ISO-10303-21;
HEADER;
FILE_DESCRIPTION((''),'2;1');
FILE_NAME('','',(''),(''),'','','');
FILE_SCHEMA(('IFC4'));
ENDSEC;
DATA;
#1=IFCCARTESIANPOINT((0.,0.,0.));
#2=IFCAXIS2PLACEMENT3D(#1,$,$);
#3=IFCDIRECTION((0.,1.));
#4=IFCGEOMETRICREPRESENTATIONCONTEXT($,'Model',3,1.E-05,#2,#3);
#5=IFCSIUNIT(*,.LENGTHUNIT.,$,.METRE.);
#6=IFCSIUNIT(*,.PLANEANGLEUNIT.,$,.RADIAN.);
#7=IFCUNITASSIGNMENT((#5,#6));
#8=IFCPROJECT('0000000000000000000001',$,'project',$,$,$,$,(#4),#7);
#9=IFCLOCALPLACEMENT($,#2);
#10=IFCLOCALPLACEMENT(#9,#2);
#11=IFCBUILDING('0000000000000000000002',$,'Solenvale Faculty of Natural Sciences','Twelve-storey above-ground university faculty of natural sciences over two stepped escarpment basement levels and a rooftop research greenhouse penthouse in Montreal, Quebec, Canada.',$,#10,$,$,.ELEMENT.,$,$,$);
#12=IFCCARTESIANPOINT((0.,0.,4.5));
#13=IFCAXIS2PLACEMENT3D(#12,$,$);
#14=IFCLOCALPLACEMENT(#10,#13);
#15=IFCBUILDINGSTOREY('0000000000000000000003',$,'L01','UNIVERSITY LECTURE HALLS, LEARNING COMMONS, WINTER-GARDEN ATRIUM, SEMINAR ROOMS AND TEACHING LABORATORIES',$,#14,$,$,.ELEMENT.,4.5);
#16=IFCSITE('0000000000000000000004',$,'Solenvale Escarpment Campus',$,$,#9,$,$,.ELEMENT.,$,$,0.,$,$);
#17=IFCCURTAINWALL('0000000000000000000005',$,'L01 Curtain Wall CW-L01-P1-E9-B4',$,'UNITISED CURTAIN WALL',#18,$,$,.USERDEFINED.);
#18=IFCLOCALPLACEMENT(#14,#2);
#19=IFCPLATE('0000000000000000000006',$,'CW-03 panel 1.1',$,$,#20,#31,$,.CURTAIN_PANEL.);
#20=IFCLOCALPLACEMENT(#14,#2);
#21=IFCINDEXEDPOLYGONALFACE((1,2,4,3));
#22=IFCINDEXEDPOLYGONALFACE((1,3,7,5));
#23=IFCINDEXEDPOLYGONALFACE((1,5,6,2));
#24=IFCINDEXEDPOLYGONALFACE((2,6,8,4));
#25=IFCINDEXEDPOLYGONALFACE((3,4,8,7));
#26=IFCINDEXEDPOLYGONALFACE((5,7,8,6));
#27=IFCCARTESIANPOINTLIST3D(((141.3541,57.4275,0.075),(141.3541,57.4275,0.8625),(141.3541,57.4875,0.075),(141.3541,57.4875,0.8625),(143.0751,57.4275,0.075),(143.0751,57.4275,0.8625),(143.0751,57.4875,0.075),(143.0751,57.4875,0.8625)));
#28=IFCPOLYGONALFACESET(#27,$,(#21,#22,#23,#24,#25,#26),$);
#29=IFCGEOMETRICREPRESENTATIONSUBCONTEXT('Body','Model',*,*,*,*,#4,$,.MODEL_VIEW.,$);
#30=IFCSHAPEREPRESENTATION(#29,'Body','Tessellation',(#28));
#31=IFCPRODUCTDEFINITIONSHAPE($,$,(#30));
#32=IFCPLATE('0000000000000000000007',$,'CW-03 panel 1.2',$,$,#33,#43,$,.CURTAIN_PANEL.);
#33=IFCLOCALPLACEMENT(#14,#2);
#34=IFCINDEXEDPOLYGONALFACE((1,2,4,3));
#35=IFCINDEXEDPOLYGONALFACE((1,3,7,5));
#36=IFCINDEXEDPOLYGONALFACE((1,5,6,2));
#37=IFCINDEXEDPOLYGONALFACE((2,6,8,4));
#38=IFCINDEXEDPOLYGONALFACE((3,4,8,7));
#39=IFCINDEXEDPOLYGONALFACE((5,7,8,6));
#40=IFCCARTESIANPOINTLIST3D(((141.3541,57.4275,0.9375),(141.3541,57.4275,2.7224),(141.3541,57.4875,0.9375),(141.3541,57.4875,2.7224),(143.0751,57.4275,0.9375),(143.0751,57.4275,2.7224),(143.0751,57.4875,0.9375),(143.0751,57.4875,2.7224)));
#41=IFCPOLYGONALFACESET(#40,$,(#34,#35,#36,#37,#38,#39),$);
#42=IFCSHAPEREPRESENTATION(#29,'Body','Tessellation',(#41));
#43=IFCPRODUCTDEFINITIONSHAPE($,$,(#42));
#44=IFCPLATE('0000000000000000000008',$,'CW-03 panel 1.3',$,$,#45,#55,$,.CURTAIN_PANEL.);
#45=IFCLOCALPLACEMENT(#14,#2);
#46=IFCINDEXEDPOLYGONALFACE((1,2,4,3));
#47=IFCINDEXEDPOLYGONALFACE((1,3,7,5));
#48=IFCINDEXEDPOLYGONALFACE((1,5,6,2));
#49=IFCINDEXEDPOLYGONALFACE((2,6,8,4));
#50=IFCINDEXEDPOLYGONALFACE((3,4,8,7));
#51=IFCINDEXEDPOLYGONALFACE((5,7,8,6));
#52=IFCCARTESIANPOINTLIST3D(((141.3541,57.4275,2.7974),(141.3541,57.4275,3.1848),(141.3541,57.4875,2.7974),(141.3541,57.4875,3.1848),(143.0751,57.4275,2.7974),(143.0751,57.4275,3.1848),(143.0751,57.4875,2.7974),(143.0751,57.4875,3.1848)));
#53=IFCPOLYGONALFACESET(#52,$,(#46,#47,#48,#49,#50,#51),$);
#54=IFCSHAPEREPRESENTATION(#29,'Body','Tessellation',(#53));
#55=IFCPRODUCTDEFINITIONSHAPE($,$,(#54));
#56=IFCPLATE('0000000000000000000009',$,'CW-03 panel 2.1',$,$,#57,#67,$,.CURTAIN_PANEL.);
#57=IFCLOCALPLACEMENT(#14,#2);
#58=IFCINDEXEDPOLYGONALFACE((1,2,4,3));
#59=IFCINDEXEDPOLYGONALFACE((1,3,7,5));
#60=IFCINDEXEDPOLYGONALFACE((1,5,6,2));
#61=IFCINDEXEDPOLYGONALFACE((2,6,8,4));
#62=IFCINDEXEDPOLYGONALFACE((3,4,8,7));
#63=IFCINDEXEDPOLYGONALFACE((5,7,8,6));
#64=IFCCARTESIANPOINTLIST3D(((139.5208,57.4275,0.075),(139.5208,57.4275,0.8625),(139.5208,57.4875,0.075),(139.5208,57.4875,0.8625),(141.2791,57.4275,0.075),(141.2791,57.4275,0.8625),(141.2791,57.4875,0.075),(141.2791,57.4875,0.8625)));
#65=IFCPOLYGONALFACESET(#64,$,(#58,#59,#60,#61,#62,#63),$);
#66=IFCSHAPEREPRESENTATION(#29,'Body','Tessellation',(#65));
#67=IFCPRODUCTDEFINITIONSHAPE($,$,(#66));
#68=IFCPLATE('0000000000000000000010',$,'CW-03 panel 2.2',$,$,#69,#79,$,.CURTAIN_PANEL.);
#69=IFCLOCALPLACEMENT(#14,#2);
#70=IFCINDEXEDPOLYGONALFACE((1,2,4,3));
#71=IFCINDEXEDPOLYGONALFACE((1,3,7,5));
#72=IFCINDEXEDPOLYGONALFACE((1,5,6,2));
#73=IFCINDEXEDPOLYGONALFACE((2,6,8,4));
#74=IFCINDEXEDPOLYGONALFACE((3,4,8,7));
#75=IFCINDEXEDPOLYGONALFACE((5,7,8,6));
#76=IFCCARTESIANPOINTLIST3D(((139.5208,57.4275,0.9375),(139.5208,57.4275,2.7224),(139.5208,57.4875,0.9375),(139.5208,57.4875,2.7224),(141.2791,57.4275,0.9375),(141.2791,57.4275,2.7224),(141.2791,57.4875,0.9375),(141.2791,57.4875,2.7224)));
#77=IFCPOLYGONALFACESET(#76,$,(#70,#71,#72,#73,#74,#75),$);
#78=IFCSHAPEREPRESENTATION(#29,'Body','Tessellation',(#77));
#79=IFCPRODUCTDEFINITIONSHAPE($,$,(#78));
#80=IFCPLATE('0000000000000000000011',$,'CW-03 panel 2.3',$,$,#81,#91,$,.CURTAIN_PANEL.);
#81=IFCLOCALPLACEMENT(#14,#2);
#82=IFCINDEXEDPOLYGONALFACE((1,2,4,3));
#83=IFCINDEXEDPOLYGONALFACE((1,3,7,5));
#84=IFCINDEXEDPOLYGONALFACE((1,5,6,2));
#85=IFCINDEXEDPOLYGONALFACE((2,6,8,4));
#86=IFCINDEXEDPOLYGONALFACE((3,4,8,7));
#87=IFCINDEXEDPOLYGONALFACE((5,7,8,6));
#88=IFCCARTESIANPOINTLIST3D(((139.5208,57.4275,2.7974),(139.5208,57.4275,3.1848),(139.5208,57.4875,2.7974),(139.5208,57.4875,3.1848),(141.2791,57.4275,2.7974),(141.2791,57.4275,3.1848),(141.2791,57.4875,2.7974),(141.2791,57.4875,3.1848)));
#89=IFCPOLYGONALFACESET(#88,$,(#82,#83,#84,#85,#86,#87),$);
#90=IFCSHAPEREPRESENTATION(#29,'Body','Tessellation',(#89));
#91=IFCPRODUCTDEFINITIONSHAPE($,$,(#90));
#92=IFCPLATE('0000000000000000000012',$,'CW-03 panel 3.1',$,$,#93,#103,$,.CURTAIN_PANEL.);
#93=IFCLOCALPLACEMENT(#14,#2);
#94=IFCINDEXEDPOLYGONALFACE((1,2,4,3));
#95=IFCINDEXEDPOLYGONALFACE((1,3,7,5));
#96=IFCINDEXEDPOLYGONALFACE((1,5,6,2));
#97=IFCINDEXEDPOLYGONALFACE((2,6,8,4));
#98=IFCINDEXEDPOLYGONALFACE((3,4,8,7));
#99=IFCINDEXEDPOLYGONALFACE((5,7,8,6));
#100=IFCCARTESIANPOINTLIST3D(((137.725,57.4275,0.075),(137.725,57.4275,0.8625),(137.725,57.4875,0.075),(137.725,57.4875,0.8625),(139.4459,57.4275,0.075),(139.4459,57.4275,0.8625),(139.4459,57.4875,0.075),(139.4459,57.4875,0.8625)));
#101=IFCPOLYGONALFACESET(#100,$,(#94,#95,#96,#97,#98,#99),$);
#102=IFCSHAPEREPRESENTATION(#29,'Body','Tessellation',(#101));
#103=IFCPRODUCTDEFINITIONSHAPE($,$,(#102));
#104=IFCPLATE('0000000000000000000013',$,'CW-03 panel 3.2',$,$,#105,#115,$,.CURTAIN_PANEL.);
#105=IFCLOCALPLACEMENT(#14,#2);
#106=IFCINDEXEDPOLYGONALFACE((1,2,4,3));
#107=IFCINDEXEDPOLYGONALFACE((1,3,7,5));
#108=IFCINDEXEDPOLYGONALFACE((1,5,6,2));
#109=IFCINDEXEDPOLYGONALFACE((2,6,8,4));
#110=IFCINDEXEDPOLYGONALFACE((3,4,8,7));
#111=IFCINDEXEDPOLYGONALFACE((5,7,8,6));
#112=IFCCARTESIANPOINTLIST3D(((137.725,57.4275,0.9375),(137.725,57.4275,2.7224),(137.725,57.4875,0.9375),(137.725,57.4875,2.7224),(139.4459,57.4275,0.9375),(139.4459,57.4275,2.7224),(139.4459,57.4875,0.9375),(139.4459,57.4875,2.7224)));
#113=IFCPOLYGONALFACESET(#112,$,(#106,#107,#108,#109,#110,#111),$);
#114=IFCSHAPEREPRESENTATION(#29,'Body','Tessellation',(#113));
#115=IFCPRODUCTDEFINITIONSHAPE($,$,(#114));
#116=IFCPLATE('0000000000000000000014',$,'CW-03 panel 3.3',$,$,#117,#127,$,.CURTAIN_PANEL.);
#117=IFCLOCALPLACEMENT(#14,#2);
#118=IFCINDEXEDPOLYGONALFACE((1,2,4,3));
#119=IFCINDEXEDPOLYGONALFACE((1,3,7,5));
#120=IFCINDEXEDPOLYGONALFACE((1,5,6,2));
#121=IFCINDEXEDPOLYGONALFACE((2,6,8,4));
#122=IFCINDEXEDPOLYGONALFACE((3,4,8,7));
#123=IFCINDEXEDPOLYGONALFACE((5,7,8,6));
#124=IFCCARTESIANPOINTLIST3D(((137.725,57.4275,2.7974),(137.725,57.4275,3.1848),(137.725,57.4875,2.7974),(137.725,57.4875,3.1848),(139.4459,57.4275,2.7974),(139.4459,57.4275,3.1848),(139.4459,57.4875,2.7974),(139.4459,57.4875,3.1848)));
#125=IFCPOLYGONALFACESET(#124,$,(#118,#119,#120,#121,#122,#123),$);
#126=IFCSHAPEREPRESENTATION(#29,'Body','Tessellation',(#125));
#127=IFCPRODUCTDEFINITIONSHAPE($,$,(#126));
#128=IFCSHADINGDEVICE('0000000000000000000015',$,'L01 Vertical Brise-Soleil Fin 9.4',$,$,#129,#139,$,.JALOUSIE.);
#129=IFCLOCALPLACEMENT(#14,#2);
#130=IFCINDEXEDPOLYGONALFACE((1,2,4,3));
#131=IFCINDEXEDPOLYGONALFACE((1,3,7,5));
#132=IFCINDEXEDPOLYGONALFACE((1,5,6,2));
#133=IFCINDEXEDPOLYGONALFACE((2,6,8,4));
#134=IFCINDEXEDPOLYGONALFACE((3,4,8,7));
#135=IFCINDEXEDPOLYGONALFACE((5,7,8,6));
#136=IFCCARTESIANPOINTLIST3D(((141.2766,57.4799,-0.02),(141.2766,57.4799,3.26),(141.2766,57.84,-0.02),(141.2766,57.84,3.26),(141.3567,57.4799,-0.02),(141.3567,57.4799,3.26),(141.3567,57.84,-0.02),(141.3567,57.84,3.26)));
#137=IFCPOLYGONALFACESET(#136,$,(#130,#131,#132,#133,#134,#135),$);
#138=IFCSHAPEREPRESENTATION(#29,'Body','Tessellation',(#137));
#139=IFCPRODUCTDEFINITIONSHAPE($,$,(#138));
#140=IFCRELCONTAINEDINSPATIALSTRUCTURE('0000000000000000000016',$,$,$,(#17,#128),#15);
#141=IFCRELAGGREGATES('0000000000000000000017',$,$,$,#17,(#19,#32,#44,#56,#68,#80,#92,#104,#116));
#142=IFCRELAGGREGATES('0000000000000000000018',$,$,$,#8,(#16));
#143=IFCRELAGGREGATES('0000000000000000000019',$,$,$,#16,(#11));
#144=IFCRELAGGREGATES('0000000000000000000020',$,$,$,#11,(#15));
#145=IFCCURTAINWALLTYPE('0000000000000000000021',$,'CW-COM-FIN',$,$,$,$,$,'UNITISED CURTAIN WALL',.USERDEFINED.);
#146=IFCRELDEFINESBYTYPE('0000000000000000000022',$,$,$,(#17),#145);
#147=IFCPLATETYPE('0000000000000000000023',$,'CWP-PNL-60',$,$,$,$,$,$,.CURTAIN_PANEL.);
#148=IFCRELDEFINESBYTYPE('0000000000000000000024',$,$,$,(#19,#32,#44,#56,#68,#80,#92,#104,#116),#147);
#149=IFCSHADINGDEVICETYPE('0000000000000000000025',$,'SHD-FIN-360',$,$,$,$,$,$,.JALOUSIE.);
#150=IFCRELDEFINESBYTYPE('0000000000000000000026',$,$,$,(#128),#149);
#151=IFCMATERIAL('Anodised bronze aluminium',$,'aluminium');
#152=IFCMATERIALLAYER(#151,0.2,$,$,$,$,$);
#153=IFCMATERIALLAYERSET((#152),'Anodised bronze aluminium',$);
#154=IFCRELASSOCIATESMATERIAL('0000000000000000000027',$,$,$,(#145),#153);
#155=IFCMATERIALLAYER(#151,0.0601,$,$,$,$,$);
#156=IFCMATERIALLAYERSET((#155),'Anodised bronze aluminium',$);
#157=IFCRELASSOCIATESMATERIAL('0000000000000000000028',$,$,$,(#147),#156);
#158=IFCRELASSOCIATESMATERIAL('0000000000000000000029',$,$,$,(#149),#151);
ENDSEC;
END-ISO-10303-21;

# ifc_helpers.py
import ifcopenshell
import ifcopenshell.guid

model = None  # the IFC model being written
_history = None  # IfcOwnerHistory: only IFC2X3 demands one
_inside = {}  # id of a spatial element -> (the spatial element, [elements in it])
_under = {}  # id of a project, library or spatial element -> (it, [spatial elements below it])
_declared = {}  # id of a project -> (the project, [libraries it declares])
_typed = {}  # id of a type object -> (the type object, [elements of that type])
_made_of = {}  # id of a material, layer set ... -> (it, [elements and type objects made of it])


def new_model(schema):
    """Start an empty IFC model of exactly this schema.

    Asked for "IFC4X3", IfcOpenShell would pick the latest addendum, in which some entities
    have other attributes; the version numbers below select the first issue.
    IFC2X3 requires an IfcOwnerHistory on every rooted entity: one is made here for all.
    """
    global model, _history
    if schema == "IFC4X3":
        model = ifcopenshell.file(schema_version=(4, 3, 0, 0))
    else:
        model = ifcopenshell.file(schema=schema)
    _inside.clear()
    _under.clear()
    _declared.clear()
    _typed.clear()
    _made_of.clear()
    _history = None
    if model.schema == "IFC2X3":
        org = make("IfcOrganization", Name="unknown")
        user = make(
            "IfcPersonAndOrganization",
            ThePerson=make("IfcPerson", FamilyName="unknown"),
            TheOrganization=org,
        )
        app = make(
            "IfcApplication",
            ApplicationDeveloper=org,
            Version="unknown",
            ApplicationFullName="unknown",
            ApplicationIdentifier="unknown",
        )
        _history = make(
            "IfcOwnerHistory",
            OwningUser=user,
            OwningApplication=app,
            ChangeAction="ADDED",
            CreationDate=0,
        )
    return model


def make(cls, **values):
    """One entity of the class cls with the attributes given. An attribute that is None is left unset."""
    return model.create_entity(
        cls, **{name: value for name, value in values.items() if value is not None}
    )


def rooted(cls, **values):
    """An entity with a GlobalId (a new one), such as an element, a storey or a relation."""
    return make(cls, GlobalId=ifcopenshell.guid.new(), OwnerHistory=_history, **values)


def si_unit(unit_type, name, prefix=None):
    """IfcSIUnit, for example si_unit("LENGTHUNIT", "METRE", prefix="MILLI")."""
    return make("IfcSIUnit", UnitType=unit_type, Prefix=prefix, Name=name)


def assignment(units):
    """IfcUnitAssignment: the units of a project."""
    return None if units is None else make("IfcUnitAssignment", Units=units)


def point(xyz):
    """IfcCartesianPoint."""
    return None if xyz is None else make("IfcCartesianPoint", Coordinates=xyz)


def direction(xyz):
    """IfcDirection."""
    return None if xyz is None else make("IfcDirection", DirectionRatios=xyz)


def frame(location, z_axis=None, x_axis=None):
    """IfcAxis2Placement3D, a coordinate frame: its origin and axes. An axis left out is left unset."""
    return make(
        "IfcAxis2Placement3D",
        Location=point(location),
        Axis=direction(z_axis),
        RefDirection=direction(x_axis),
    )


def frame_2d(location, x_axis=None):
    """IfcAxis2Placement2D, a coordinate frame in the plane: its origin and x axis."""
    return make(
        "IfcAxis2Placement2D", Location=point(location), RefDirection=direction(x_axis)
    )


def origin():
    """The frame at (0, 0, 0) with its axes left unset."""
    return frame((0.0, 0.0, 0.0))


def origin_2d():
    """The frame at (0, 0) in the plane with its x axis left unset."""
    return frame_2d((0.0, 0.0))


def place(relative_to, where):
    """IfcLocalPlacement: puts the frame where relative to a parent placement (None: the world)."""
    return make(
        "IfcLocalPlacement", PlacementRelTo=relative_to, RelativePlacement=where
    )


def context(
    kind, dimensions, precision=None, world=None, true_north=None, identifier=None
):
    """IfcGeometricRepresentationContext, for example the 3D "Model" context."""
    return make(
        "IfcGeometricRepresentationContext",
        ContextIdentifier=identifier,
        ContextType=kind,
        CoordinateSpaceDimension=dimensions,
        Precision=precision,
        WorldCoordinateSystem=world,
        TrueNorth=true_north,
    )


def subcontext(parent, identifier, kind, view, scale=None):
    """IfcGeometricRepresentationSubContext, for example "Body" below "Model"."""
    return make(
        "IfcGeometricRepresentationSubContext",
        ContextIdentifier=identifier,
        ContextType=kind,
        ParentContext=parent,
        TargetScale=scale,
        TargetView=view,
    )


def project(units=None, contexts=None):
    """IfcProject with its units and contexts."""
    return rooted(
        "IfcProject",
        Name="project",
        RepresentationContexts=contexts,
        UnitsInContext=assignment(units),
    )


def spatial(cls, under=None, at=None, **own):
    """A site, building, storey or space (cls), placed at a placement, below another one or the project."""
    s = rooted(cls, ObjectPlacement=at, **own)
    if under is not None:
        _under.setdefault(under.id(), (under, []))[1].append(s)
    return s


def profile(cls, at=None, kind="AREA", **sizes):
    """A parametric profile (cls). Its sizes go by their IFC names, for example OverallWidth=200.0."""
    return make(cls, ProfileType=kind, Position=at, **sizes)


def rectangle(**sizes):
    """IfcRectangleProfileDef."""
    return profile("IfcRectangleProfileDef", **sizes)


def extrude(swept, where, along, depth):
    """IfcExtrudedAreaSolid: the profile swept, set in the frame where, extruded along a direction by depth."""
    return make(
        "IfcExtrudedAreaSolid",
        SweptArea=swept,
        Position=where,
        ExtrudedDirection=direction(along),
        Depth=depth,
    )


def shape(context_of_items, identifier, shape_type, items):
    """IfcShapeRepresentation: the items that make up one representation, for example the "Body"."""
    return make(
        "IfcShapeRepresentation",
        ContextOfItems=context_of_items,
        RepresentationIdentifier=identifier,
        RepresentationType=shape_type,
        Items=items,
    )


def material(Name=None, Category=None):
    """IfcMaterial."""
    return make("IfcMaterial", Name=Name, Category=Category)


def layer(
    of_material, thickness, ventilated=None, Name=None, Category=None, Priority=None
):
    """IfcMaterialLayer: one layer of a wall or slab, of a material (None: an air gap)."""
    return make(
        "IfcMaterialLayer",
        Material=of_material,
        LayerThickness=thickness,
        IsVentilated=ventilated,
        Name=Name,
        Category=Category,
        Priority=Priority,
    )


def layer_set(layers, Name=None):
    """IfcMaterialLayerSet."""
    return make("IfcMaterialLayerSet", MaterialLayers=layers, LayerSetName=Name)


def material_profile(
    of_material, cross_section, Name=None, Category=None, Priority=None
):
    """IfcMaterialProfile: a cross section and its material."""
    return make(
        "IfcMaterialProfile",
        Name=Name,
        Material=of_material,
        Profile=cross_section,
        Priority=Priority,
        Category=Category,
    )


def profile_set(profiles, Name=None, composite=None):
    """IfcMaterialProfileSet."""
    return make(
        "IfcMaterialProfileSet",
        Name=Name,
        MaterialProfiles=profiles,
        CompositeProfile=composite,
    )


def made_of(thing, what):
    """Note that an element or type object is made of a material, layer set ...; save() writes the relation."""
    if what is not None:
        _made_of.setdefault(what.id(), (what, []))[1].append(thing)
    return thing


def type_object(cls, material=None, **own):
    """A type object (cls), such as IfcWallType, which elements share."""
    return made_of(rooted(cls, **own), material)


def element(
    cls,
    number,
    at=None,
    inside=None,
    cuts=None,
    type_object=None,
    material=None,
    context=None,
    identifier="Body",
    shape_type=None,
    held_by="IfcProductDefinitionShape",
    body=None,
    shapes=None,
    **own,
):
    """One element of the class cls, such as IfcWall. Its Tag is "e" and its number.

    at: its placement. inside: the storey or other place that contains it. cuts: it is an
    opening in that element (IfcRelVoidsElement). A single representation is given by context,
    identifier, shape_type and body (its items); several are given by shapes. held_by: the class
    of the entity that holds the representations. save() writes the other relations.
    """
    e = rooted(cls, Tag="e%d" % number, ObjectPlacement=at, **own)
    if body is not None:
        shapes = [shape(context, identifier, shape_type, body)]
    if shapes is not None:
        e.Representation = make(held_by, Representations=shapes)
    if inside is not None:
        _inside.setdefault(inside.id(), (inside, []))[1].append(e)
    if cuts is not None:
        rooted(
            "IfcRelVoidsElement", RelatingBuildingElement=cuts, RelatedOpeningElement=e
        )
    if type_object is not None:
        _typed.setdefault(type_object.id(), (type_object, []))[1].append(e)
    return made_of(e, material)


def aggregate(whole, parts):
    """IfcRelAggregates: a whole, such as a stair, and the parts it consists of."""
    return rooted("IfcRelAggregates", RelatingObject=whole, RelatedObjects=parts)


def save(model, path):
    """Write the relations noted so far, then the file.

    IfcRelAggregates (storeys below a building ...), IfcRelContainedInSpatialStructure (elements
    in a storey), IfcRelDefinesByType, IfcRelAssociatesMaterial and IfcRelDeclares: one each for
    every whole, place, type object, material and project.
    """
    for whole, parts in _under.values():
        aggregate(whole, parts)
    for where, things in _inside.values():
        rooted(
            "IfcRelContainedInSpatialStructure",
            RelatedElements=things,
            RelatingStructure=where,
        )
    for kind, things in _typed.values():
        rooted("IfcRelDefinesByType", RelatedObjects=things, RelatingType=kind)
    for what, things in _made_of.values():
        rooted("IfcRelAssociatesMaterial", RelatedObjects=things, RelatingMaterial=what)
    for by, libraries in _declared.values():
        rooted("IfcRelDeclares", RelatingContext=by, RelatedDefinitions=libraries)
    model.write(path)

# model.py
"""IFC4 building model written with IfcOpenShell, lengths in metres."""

from ifc_helpers import new_model, si_unit, direction, frame, origin, origin_2d, place, context, subcontext, project, spatial, rectangle, extrude, material, layer, layer_set, material_profile, profile_set, type_object, element, aggregate, save


model = new_model("IFC4")

# Units and contexts
model_context = context("Model", 3, precision=1e-05, world=origin(), true_north=direction((0.0, 1.0)))
body_context = subcontext(model_context, "Body", "Model", "MODEL_VIEW")
ifc_project = project(units=[si_unit("LENGTHUNIT", "METRE"), si_unit("PLANEANGLEUNIT", "RADIAN")], contexts=[model_context])

# Site, building, storey
site_placement = place(None, origin())
site = spatial("IfcSite", under=ifc_project, at=site_placement, Name="Solenvale Escarpment Campus", CompositionType="ELEMENT", RefElevation=0.0)
building_placement = place(site_placement, origin())
building = spatial("IfcBuilding", under=site, at=building_placement, Name="Solenvale Faculty of Natural Sciences", Description="Twelve-storey above-ground university faculty of natural sciences over two stepped escarpment basement levels and a rooftop research greenhouse penthouse in Montreal, Quebec, Canada.", CompositionType="ELEMENT")
storey_placement = place(building_placement, frame((0.0, 0.0, 4.5)))
storey = spatial("IfcBuildingStorey", under=building, at=storey_placement, Name="L01", Description="UNIVERSITY LECTURE HALLS, LEARNING COMMONS, WINTER-GARDEN ATRIUM, SEMINAR ROOMS AND TEACHING LABORATORIES", CompositionType="ELEMENT", Elevation=4.5)

# Curtain wall, plates
ifc_material_1 = material(Name="Anodised bronze aluminium", Category="aluminium")
ifc_layer_1 = layer(ifc_material_1, 0.2)
ifc_layer_set_1 = layer_set([ifc_layer_1], Name="Anodised bronze aluminium")
curtain_wall_type = type_object("IfcCurtainWallType", Name="CW-COM-FIN", ElementType="UNITISED CURTAIN WALL", PredefinedType="USERDEFINED", material=ifc_layer_set_1)
curtain_wall_placement = place(storey_placement, origin())
curtain_wall = element("IfcCurtainWall", 1, at=curtain_wall_placement, inside=storey, type_object=curtain_wall_type, Name="L01 Curtain Wall CW-L01-P1-E9-B4", ObjectType="UNITISED CURTAIN WALL", PredefinedType="USERDEFINED")
ifc_layer_2 = layer(ifc_material_1, 0.0601)
ifc_layer_set_2 = layer_set([ifc_layer_2], Name="Anodised bronze aluminium")
plate_type = type_object("IfcPlateType", Name="CWP-PNL-60", PredefinedType="CURTAIN_PANEL", material=ifc_layer_set_2)
plate_1_placement = place(storey_placement, frame((142.2146, 57.4575, 0.075), z_axis=(0.0, 0.0, 1.0), x_axis=(-1.0, 0.0, 0.0)))
plate_1 = element("IfcPlate", 2, at=plate_1_placement, type_object=plate_type, Name="CW-03 panel 1.1", PredefinedType="CURTAIN_PANEL", context=body_context, shape_type="SweptSolid", body=[
    extrude(rectangle(XDim=1.7209, YDim=0.0601, at=origin_2d()), origin(), (0.0, 0.0, 1.0), 0.7876),
])
plate_2_placement = place(storey_placement, frame((142.2146, 57.4575, 0.9375), z_axis=(0.0, 0.0, 1.0), x_axis=(-1.0, 0.0, 0.0)))
plate_2 = element("IfcPlate", 3, at=plate_2_placement, type_object=plate_type, Name="CW-03 panel 1.2", PredefinedType="CURTAIN_PANEL", context=body_context, shape_type="SweptSolid", body=[
    extrude(rectangle(XDim=1.7209, YDim=0.0601, at=origin_2d()), origin(), (0.0, 0.0, 1.0), 1.7849),
])
plate_3_placement = place(storey_placement, frame((142.2146, 57.4575, 2.7974), z_axis=(0.0, 0.0, 1.0), x_axis=(-1.0, 0.0, 0.0)))
plate_3 = element("IfcPlate", 4, at=plate_3_placement, type_object=plate_type, Name="CW-03 panel 1.3", PredefinedType="CURTAIN_PANEL", context=body_context, shape_type="SweptSolid", body=[
    extrude(rectangle(XDim=1.7209, YDim=0.0601, at=origin_2d()), origin(), (0.0, 0.0, 1.0), 0.3875),
])
plate_4_placement = place(storey_placement, frame((140.3999, 57.4575, 0.075), z_axis=(0.0, 0.0, 1.0), x_axis=(-1.0, 0.0, 0.0)))
plate_4 = element("IfcPlate", 5, at=plate_4_placement, type_object=plate_type, Name="CW-03 panel 2.1", PredefinedType="CURTAIN_PANEL", context=body_context, shape_type="SweptSolid", body=[
    extrude(rectangle(XDim=1.7583, YDim=0.0601, at=origin_2d()), origin(), (0.0, 0.0, 1.0), 0.7876),
])
plate_5_placement = place(storey_placement, frame((140.3999, 57.4575, 0.9375), z_axis=(0.0, 0.0, 1.0), x_axis=(-1.0, 0.0, 0.0)))
plate_5 = element("IfcPlate", 6, at=plate_5_placement, type_object=plate_type, Name="CW-03 panel 2.2", PredefinedType="CURTAIN_PANEL", context=body_context, shape_type="SweptSolid", body=[
    extrude(rectangle(XDim=1.7583, YDim=0.0601, at=origin_2d()), origin(), (0.0, 0.0, 1.0), 1.7849),
])
plate_6_placement = place(storey_placement, frame((140.3999, 57.4575, 2.7974), z_axis=(0.0, 0.0, 1.0), x_axis=(-1.0, 0.0, 0.0)))
plate_6 = element("IfcPlate", 7, at=plate_6_placement, type_object=plate_type, Name="CW-03 panel 2.3", PredefinedType="CURTAIN_PANEL", context=body_context, shape_type="SweptSolid", body=[
    extrude(rectangle(XDim=1.7583, YDim=0.0601, at=origin_2d()), origin(), (0.0, 0.0, 1.0), 0.3875),
])
plate_7_placement = place(storey_placement, frame((138.5854, 57.4575, 0.075), z_axis=(0.0, 0.0, 1.0), x_axis=(-1.0, 0.0, 0.0)))
plate_7 = element("IfcPlate", 8, at=plate_7_placement, type_object=plate_type, Name="CW-03 panel 3.1", PredefinedType="CURTAIN_PANEL", context=body_context, shape_type="SweptSolid", body=[
    extrude(rectangle(XDim=1.7209, YDim=0.0601, at=origin_2d()), origin(), (0.0, 0.0, 1.0), 0.7876),
])
plate_8_placement = place(storey_placement, frame((138.5854, 57.4575, 0.9375), z_axis=(0.0, 0.0, 1.0), x_axis=(-1.0, 0.0, 0.0)))
plate_8 = element("IfcPlate", 9, at=plate_8_placement, type_object=plate_type, Name="CW-03 panel 3.2", PredefinedType="CURTAIN_PANEL", context=body_context, shape_type="SweptSolid", body=[
    extrude(rectangle(XDim=1.7209, YDim=0.0601, at=origin_2d()), origin(), (0.0, 0.0, 1.0), 1.7849),
])
plate_9_placement = place(storey_placement, frame((138.5854, 57.4575, 2.7974), z_axis=(0.0, 0.0, 1.0), x_axis=(-1.0, 0.0, 0.0)))
plate_9 = element("IfcPlate", 10, at=plate_9_placement, type_object=plate_type, Name="CW-03 panel 3.3", PredefinedType="CURTAIN_PANEL", context=body_context, shape_type="SweptSolid", body=[
    extrude(rectangle(XDim=1.7209, YDim=0.0601, at=origin_2d()), origin(), (0.0, 0.0, 1.0), 0.3875),
])
aggregate(curtain_wall, [plate_1, plate_2, plate_3, plate_4, plate_5, plate_6, plate_7, plate_8, plate_9])

# Shading device
ifc_material_profile_1 = material_profile(ifc_material_1, rectangle(XDim=0.0801, YDim=0.3601, at=origin_2d()), Name="ALU-FIN-80x360")
ifc_profile_set_1 = profile_set([ifc_material_profile_1], Name="Anodised bronze aluminium")
shading_device_type = type_object("IfcShadingDeviceType", Name="SHD-FIN-360", PredefinedType="JALOUSIE", material=ifc_profile_set_1)
shading_device_placement = place(storey_placement, frame((141.3167, 57.6599, -0.02), z_axis=(0.0, 0.0, 1.0), x_axis=(1.0, 0.0, 0.0)))
element("IfcShadingDevice", 11, at=shading_device_placement, inside=storey, type_object=shading_device_type, Name="L01 Vertical Brise-Soleil Fin 9.4", PredefinedType="JALOUSIE", context=body_context, shape_type="SweptSolid", body=[
    extrude(rectangle(XDim=0.0801, YDim=0.3601, at=origin_2d()), origin(), (0.0, 0.0, 1.0), 3.28),
])

save(model, "model.ifc")
